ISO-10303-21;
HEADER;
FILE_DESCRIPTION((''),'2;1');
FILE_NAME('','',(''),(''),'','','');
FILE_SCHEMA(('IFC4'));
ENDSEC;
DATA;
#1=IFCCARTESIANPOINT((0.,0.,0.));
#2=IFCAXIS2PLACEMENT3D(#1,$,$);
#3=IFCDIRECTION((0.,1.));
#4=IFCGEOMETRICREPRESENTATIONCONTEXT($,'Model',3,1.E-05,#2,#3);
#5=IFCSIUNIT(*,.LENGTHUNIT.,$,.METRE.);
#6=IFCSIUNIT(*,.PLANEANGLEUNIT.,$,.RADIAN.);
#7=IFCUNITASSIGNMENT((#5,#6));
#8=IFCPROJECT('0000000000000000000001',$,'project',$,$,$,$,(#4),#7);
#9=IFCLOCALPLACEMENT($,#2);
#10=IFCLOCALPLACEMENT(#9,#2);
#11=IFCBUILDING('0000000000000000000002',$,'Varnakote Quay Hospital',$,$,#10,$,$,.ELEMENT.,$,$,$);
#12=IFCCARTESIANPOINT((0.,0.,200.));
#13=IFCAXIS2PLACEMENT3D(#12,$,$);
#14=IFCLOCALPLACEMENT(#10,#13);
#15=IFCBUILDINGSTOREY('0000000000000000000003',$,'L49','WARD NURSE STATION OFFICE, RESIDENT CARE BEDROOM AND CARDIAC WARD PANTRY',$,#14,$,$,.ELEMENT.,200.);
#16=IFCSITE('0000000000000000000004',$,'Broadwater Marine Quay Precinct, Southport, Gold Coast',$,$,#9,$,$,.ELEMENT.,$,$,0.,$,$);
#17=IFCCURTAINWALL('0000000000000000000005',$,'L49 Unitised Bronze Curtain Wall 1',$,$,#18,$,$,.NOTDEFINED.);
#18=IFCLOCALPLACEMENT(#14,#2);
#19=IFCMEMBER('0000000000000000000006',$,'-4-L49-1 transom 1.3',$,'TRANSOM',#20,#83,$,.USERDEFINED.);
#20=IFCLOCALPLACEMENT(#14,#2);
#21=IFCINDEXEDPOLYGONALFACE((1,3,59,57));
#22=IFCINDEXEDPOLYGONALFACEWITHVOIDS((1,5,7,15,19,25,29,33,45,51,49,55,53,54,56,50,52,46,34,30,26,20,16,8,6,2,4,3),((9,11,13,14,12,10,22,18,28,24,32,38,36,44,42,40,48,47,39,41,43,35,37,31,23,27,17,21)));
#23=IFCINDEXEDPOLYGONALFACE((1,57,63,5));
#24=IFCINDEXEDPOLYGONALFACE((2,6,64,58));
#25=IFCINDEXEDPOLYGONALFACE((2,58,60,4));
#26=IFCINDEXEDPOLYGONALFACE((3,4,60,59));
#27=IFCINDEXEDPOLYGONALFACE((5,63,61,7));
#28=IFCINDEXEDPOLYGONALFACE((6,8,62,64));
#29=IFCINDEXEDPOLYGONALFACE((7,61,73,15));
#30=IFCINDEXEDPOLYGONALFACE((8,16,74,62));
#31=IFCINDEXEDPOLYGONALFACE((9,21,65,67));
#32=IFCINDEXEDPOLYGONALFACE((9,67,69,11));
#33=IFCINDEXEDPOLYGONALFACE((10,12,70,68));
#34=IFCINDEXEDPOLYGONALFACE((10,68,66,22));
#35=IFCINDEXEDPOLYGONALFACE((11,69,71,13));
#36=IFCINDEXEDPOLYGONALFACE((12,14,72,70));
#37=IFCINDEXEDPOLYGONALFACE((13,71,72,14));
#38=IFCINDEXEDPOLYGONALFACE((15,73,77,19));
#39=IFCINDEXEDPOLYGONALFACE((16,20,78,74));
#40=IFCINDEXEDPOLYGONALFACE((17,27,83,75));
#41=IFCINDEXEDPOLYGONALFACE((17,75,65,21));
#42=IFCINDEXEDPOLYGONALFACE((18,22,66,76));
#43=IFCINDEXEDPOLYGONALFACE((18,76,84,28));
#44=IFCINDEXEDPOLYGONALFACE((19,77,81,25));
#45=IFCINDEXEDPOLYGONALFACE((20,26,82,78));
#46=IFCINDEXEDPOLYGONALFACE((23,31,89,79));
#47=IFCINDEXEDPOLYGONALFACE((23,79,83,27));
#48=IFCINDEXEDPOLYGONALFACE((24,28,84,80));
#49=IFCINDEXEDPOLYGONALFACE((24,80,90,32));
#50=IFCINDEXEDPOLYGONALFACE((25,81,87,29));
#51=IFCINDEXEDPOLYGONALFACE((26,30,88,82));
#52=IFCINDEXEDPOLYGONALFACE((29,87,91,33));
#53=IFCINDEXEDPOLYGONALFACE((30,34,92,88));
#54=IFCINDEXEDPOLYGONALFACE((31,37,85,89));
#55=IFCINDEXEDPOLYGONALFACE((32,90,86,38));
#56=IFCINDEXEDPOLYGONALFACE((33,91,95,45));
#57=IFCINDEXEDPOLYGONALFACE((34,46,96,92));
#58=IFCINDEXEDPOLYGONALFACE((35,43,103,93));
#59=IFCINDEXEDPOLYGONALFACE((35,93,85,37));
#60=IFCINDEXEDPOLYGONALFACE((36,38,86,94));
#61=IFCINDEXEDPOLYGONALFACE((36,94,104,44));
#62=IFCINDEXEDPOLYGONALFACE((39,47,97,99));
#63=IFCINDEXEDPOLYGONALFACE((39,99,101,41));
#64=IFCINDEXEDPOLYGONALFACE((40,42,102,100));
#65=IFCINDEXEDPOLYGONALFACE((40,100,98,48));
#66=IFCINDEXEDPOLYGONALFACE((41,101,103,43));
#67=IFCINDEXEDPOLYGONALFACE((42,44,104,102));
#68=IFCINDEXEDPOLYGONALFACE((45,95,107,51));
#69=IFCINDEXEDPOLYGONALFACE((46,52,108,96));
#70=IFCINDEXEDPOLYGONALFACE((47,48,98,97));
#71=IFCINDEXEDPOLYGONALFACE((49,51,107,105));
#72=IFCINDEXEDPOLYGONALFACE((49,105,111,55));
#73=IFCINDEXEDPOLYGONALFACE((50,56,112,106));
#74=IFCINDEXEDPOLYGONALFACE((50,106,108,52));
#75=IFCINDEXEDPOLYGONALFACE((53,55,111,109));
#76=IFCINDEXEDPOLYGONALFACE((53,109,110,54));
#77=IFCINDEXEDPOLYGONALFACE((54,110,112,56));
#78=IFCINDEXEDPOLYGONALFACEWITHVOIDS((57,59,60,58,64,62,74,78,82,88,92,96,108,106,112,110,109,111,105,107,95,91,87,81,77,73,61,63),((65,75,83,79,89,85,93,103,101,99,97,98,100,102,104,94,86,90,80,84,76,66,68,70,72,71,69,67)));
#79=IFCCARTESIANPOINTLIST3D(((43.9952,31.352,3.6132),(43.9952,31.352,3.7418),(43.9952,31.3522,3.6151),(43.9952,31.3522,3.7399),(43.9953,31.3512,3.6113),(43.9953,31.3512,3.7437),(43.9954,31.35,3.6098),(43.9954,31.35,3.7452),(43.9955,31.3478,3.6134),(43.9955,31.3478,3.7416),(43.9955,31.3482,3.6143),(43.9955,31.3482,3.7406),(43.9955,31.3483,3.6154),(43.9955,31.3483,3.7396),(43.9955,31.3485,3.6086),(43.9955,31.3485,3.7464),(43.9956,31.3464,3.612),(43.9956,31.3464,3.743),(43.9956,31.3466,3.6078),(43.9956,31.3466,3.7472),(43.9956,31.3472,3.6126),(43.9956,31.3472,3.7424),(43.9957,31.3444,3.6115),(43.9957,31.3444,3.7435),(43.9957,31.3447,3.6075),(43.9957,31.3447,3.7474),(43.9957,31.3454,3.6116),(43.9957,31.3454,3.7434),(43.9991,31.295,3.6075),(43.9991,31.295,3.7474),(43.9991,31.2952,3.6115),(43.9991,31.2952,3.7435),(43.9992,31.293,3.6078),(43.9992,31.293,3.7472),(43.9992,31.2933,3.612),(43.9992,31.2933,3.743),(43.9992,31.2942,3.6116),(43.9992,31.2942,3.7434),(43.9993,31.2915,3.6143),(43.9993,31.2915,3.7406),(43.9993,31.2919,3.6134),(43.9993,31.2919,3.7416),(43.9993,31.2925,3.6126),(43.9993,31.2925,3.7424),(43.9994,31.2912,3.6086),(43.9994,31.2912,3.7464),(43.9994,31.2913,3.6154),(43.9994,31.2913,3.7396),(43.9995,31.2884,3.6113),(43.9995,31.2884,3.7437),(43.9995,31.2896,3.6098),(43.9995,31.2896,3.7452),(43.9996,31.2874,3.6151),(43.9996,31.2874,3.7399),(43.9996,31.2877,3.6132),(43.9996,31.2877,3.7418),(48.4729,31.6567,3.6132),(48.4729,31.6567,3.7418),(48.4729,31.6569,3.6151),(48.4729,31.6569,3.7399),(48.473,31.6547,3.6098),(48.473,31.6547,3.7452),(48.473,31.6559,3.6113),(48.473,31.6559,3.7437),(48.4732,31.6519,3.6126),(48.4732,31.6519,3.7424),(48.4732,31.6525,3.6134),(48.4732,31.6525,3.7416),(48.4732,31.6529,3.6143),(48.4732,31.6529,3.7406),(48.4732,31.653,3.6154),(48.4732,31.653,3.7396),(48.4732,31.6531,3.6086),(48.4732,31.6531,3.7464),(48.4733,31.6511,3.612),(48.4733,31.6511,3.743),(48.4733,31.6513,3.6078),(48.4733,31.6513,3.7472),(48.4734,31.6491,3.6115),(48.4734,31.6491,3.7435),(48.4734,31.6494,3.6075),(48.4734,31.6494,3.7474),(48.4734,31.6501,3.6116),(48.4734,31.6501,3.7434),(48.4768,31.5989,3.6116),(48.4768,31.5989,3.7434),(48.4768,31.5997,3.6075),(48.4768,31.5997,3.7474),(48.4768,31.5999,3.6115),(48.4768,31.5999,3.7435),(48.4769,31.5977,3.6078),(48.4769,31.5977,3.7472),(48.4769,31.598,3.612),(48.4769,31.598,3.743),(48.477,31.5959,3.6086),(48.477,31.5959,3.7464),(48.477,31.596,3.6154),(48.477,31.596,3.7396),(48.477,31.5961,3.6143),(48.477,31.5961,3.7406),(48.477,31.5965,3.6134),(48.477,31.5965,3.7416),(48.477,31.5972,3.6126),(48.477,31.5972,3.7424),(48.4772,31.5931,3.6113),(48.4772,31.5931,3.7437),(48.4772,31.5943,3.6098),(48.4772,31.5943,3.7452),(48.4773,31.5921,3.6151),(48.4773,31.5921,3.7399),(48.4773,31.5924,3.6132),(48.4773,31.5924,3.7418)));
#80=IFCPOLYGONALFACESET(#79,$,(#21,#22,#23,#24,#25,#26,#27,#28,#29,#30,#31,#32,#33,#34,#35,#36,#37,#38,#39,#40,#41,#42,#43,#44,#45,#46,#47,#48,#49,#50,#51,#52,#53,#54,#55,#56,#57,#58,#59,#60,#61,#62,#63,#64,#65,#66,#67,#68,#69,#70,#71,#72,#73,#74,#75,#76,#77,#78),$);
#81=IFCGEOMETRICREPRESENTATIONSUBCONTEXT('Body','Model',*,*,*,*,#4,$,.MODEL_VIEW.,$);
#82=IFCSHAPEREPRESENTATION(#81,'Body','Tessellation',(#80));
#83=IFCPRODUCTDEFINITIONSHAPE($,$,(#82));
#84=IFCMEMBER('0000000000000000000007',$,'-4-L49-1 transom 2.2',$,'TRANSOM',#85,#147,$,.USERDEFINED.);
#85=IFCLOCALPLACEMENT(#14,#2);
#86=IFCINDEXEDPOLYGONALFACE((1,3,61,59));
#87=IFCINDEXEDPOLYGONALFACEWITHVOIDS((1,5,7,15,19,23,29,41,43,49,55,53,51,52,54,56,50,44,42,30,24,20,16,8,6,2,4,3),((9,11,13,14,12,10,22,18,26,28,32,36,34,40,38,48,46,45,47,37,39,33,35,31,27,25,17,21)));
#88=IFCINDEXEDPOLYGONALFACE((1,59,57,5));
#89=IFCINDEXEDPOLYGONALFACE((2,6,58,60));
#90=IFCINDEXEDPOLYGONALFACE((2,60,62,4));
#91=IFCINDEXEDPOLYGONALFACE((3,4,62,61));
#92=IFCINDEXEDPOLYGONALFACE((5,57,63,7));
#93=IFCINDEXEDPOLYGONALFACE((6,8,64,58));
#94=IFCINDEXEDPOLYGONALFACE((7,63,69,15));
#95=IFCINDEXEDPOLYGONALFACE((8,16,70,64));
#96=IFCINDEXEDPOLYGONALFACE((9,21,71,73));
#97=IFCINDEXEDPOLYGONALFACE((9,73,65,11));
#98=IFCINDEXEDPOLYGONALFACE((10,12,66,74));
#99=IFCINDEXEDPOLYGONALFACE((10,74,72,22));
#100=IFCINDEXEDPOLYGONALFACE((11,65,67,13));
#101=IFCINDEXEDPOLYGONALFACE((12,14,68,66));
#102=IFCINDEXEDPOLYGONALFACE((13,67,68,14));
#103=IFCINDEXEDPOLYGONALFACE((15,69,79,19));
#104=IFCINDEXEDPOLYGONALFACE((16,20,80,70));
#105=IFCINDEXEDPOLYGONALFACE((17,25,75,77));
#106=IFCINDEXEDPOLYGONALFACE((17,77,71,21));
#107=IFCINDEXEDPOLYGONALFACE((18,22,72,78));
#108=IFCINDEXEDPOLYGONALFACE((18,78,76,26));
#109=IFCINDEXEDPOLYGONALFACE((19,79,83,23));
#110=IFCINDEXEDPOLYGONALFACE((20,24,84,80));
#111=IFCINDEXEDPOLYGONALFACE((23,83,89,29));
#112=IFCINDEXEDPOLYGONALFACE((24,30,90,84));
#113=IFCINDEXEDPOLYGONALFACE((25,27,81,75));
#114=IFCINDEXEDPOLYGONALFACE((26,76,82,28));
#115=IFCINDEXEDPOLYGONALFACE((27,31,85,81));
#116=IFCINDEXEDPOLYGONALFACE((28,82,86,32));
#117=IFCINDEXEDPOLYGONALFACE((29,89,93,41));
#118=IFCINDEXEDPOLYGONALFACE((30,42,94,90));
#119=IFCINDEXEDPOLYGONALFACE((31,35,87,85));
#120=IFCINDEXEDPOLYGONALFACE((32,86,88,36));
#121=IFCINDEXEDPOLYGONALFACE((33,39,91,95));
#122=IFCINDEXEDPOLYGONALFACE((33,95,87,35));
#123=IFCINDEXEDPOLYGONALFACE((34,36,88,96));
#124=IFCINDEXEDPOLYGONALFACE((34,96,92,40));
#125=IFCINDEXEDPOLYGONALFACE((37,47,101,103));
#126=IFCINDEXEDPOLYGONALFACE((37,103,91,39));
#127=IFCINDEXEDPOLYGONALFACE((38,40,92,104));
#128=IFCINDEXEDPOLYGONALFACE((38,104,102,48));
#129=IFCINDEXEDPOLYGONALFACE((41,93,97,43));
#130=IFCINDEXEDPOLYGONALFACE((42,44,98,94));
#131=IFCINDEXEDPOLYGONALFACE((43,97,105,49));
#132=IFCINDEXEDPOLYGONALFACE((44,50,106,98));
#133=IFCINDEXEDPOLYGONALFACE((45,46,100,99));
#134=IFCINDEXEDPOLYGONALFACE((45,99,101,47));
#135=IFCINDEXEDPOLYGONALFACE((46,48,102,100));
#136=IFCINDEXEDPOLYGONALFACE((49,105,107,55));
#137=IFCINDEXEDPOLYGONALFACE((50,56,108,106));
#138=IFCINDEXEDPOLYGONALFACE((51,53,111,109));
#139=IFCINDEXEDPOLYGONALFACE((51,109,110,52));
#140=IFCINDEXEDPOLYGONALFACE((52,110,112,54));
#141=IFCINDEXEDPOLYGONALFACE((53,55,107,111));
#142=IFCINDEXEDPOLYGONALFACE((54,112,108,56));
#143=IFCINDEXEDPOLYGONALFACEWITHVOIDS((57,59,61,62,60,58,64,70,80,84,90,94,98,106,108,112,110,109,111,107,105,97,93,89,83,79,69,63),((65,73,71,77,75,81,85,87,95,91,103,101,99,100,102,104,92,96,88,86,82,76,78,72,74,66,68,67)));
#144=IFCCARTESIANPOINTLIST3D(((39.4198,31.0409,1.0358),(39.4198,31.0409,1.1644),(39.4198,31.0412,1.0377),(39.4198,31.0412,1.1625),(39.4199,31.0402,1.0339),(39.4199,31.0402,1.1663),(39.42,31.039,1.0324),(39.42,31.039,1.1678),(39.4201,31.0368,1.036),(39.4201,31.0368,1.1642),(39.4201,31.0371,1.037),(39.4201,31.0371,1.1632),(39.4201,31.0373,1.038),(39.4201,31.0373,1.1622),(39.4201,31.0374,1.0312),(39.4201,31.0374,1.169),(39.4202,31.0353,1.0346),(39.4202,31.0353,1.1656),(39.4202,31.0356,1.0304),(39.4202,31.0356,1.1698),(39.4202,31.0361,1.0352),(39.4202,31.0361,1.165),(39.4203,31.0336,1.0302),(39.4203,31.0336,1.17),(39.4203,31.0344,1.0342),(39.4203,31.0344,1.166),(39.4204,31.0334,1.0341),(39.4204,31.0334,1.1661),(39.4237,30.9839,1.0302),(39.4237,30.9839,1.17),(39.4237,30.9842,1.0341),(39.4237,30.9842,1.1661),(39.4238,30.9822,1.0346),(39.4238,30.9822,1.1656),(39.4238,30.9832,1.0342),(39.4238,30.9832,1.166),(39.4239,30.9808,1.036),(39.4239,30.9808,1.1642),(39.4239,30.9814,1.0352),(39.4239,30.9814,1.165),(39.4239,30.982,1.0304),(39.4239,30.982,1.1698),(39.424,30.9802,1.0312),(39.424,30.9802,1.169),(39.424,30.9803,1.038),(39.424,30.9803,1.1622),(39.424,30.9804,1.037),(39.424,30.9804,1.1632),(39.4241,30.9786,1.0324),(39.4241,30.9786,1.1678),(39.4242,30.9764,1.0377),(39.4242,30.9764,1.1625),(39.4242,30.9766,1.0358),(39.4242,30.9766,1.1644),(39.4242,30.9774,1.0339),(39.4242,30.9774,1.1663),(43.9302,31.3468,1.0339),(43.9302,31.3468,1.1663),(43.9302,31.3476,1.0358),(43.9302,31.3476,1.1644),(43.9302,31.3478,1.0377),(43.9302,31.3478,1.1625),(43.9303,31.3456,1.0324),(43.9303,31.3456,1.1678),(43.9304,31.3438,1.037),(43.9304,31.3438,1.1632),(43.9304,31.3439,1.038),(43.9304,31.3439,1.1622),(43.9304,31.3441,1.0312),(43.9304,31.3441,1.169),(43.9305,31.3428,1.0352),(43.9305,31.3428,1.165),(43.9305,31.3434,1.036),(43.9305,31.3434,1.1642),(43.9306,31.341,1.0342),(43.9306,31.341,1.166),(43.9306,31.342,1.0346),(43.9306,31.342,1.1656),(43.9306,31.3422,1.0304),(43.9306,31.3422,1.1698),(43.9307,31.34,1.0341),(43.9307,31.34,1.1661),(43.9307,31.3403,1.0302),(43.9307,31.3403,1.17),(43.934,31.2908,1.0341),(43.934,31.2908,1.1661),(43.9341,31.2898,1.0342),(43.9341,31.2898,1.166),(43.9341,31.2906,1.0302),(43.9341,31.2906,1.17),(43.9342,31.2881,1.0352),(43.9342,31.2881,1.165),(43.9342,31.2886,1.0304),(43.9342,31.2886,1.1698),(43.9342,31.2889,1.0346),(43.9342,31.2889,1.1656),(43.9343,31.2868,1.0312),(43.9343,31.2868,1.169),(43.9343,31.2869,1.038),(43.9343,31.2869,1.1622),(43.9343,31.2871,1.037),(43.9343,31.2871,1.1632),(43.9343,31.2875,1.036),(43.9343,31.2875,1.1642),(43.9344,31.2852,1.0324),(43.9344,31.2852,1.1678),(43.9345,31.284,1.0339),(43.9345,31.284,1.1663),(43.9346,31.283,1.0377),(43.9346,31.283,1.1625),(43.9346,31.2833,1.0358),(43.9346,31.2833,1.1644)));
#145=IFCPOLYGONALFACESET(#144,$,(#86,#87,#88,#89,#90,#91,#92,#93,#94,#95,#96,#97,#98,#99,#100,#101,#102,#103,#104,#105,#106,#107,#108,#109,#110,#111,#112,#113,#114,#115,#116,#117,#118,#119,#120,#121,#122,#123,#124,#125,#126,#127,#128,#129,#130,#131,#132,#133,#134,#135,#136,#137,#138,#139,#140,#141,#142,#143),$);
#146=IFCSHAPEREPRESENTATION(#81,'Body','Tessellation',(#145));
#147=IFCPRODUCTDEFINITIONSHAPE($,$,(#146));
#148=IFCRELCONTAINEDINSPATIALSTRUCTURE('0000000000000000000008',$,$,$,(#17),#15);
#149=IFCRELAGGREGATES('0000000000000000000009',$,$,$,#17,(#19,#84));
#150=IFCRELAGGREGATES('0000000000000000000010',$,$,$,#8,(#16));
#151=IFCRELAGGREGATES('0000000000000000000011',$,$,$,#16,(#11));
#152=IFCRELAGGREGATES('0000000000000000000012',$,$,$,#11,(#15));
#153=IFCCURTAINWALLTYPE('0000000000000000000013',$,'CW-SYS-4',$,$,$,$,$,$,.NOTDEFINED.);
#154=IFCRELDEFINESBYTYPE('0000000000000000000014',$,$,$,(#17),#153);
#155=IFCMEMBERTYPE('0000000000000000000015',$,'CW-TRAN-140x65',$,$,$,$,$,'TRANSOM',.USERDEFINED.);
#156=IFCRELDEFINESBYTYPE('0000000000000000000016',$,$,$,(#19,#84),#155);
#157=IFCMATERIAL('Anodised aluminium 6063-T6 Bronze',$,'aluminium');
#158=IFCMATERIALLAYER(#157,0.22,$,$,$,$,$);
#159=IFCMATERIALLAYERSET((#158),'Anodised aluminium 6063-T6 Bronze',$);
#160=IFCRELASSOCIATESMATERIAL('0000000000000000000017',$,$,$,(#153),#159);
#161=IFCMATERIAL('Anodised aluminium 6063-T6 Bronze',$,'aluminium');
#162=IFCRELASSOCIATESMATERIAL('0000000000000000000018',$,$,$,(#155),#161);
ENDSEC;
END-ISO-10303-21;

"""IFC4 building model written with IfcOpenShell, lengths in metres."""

from ifc_helpers import new_model, si_unit, direction, frame, origin, origin_2d, place, context, subcontext, project, spatial, hollow_rectangle, extrude, material, layer, layer_set, material_profile, profile_set, type_object, element, aggregate, save


model = new_model("IFC4")

# Units and contexts
model_context = context("Model", 3, precision=1e-05, world=origin(), true_north=direction((0.0, 1.0)))
body_context = subcontext(model_context, "Body", "Model", "MODEL_VIEW")
ifc_project = project(units=[si_unit("LENGTHUNIT", "METRE"), si_unit("PLANEANGLEUNIT", "RADIAN")], contexts=[model_context])

# Site, building, storey
site_placement = place(None, origin())
site = spatial("IfcSite", under=ifc_project, at=site_placement, Name="Broadwater Marine Quay Precinct, Southport, Gold Coast", CompositionType="ELEMENT", RefElevation=0.0)
building_placement = place(site_placement, origin())
building = spatial("IfcBuilding", under=site, at=building_placement, Name="Varnakote Quay Hospital", CompositionType="ELEMENT")
storey_placement = place(building_placement, frame((0.0, 0.0, 200.0)))
storey = spatial("IfcBuildingStorey", under=building, at=storey_placement, Name="L49", Description="WARD NURSE STATION OFFICE, RESIDENT CARE BEDROOM AND CARDIAC WARD PANTRY", CompositionType="ELEMENT", Elevation=200.0)

# Curtain wall, members
ifc_material_1 = material(Name="Anodised aluminium 6063-T6 Bronze", Category="aluminium")
ifc_layer_1 = layer(ifc_material_1, 0.22)
ifc_layer_set_1 = layer_set([ifc_layer_1], Name="Anodised aluminium 6063-T6 Bronze")
curtain_wall_type = type_object("IfcCurtainWallType", Name="CW-SYS-4", PredefinedType="NOTDEFINED", material=ifc_layer_set_1)
curtain_wall_placement = place(storey_placement, origin())
curtain_wall = element("IfcCurtainWall", 1, at=curtain_wall_placement, inside=storey, type_object=curtain_wall_type, Name="L49 Unitised Bronze Curtain Wall 1", PredefinedType="NOTDEFINED")
ifc_material_2 = material(Name="Anodised aluminium 6063-T6 Bronze", Category="aluminium")
ifc_material_profile_1 = material_profile(ifc_material_2, hollow_rectangle(XDim=0.0649, YDim=0.1399, WallThickness=0.0039, InnerFilletRadius=0.0039, OuterFilletRadius=0.0076, at=origin_2d()), Name="CW-TRAN-140x65")
ifc_profile_set_1 = profile_set([ifc_material_profile_1], Name="Anodised aluminium 6063-T6 Bronze")
member_type_1 = type_object("IfcMemberType", Name="CW-TRAN-140x65", ElementType="TRANSOM", PredefinedType="USERDEFINED", material=ifc_profile_set_1)
member_1_placement = place(storey_placement, frame((48.4751, 31.6245, 3.6775), z_axis=(-0.997693, -0.067887, 0.0), x_axis=(0.067887, -0.997693, 0.0)))
member_1 = element("IfcMember", 2, at=member_1_placement, type_object=member_type_1, Name="-4-L49-1 transom 1.3", ObjectType="TRANSOM", PredefinedType="USERDEFINED", context=body_context, shape_type="SweptSolid", body=[
    extrude(hollow_rectangle(XDim=0.0649, YDim=0.1399, WallThickness=0.0039, InnerFilletRadius=0.0039, OuterFilletRadius=0.0076, at=origin_2d()), origin(), (0.0, 0.0, 1.0), 4.488),
])
member_2_placement = place(storey_placement, frame((43.9324, 31.3154, 1.1001), z_axis=(-0.997697, -0.067831, 0.0), x_axis=(0.067831, -0.997697, 0.0)))
member_2 = element("IfcMember", 3, at=member_2_placement, type_object=member_type_1, Name="-4-L49-1 transom 2.2", ObjectType="TRANSOM", PredefinedType="USERDEFINED", context=body_context, shape_type="SweptSolid", body=[
    extrude(hollow_rectangle(XDim=0.0649, YDim=0.1399, WallThickness=0.0039, InnerFilletRadius=0.0039, OuterFilletRadius=0.0076, at=origin_2d()), origin(), (0.0, 0.0, 1.0), 4.5208),
])
aggregate(curtain_wall, [member_1, member_2])

save(model, "model.ifc")
